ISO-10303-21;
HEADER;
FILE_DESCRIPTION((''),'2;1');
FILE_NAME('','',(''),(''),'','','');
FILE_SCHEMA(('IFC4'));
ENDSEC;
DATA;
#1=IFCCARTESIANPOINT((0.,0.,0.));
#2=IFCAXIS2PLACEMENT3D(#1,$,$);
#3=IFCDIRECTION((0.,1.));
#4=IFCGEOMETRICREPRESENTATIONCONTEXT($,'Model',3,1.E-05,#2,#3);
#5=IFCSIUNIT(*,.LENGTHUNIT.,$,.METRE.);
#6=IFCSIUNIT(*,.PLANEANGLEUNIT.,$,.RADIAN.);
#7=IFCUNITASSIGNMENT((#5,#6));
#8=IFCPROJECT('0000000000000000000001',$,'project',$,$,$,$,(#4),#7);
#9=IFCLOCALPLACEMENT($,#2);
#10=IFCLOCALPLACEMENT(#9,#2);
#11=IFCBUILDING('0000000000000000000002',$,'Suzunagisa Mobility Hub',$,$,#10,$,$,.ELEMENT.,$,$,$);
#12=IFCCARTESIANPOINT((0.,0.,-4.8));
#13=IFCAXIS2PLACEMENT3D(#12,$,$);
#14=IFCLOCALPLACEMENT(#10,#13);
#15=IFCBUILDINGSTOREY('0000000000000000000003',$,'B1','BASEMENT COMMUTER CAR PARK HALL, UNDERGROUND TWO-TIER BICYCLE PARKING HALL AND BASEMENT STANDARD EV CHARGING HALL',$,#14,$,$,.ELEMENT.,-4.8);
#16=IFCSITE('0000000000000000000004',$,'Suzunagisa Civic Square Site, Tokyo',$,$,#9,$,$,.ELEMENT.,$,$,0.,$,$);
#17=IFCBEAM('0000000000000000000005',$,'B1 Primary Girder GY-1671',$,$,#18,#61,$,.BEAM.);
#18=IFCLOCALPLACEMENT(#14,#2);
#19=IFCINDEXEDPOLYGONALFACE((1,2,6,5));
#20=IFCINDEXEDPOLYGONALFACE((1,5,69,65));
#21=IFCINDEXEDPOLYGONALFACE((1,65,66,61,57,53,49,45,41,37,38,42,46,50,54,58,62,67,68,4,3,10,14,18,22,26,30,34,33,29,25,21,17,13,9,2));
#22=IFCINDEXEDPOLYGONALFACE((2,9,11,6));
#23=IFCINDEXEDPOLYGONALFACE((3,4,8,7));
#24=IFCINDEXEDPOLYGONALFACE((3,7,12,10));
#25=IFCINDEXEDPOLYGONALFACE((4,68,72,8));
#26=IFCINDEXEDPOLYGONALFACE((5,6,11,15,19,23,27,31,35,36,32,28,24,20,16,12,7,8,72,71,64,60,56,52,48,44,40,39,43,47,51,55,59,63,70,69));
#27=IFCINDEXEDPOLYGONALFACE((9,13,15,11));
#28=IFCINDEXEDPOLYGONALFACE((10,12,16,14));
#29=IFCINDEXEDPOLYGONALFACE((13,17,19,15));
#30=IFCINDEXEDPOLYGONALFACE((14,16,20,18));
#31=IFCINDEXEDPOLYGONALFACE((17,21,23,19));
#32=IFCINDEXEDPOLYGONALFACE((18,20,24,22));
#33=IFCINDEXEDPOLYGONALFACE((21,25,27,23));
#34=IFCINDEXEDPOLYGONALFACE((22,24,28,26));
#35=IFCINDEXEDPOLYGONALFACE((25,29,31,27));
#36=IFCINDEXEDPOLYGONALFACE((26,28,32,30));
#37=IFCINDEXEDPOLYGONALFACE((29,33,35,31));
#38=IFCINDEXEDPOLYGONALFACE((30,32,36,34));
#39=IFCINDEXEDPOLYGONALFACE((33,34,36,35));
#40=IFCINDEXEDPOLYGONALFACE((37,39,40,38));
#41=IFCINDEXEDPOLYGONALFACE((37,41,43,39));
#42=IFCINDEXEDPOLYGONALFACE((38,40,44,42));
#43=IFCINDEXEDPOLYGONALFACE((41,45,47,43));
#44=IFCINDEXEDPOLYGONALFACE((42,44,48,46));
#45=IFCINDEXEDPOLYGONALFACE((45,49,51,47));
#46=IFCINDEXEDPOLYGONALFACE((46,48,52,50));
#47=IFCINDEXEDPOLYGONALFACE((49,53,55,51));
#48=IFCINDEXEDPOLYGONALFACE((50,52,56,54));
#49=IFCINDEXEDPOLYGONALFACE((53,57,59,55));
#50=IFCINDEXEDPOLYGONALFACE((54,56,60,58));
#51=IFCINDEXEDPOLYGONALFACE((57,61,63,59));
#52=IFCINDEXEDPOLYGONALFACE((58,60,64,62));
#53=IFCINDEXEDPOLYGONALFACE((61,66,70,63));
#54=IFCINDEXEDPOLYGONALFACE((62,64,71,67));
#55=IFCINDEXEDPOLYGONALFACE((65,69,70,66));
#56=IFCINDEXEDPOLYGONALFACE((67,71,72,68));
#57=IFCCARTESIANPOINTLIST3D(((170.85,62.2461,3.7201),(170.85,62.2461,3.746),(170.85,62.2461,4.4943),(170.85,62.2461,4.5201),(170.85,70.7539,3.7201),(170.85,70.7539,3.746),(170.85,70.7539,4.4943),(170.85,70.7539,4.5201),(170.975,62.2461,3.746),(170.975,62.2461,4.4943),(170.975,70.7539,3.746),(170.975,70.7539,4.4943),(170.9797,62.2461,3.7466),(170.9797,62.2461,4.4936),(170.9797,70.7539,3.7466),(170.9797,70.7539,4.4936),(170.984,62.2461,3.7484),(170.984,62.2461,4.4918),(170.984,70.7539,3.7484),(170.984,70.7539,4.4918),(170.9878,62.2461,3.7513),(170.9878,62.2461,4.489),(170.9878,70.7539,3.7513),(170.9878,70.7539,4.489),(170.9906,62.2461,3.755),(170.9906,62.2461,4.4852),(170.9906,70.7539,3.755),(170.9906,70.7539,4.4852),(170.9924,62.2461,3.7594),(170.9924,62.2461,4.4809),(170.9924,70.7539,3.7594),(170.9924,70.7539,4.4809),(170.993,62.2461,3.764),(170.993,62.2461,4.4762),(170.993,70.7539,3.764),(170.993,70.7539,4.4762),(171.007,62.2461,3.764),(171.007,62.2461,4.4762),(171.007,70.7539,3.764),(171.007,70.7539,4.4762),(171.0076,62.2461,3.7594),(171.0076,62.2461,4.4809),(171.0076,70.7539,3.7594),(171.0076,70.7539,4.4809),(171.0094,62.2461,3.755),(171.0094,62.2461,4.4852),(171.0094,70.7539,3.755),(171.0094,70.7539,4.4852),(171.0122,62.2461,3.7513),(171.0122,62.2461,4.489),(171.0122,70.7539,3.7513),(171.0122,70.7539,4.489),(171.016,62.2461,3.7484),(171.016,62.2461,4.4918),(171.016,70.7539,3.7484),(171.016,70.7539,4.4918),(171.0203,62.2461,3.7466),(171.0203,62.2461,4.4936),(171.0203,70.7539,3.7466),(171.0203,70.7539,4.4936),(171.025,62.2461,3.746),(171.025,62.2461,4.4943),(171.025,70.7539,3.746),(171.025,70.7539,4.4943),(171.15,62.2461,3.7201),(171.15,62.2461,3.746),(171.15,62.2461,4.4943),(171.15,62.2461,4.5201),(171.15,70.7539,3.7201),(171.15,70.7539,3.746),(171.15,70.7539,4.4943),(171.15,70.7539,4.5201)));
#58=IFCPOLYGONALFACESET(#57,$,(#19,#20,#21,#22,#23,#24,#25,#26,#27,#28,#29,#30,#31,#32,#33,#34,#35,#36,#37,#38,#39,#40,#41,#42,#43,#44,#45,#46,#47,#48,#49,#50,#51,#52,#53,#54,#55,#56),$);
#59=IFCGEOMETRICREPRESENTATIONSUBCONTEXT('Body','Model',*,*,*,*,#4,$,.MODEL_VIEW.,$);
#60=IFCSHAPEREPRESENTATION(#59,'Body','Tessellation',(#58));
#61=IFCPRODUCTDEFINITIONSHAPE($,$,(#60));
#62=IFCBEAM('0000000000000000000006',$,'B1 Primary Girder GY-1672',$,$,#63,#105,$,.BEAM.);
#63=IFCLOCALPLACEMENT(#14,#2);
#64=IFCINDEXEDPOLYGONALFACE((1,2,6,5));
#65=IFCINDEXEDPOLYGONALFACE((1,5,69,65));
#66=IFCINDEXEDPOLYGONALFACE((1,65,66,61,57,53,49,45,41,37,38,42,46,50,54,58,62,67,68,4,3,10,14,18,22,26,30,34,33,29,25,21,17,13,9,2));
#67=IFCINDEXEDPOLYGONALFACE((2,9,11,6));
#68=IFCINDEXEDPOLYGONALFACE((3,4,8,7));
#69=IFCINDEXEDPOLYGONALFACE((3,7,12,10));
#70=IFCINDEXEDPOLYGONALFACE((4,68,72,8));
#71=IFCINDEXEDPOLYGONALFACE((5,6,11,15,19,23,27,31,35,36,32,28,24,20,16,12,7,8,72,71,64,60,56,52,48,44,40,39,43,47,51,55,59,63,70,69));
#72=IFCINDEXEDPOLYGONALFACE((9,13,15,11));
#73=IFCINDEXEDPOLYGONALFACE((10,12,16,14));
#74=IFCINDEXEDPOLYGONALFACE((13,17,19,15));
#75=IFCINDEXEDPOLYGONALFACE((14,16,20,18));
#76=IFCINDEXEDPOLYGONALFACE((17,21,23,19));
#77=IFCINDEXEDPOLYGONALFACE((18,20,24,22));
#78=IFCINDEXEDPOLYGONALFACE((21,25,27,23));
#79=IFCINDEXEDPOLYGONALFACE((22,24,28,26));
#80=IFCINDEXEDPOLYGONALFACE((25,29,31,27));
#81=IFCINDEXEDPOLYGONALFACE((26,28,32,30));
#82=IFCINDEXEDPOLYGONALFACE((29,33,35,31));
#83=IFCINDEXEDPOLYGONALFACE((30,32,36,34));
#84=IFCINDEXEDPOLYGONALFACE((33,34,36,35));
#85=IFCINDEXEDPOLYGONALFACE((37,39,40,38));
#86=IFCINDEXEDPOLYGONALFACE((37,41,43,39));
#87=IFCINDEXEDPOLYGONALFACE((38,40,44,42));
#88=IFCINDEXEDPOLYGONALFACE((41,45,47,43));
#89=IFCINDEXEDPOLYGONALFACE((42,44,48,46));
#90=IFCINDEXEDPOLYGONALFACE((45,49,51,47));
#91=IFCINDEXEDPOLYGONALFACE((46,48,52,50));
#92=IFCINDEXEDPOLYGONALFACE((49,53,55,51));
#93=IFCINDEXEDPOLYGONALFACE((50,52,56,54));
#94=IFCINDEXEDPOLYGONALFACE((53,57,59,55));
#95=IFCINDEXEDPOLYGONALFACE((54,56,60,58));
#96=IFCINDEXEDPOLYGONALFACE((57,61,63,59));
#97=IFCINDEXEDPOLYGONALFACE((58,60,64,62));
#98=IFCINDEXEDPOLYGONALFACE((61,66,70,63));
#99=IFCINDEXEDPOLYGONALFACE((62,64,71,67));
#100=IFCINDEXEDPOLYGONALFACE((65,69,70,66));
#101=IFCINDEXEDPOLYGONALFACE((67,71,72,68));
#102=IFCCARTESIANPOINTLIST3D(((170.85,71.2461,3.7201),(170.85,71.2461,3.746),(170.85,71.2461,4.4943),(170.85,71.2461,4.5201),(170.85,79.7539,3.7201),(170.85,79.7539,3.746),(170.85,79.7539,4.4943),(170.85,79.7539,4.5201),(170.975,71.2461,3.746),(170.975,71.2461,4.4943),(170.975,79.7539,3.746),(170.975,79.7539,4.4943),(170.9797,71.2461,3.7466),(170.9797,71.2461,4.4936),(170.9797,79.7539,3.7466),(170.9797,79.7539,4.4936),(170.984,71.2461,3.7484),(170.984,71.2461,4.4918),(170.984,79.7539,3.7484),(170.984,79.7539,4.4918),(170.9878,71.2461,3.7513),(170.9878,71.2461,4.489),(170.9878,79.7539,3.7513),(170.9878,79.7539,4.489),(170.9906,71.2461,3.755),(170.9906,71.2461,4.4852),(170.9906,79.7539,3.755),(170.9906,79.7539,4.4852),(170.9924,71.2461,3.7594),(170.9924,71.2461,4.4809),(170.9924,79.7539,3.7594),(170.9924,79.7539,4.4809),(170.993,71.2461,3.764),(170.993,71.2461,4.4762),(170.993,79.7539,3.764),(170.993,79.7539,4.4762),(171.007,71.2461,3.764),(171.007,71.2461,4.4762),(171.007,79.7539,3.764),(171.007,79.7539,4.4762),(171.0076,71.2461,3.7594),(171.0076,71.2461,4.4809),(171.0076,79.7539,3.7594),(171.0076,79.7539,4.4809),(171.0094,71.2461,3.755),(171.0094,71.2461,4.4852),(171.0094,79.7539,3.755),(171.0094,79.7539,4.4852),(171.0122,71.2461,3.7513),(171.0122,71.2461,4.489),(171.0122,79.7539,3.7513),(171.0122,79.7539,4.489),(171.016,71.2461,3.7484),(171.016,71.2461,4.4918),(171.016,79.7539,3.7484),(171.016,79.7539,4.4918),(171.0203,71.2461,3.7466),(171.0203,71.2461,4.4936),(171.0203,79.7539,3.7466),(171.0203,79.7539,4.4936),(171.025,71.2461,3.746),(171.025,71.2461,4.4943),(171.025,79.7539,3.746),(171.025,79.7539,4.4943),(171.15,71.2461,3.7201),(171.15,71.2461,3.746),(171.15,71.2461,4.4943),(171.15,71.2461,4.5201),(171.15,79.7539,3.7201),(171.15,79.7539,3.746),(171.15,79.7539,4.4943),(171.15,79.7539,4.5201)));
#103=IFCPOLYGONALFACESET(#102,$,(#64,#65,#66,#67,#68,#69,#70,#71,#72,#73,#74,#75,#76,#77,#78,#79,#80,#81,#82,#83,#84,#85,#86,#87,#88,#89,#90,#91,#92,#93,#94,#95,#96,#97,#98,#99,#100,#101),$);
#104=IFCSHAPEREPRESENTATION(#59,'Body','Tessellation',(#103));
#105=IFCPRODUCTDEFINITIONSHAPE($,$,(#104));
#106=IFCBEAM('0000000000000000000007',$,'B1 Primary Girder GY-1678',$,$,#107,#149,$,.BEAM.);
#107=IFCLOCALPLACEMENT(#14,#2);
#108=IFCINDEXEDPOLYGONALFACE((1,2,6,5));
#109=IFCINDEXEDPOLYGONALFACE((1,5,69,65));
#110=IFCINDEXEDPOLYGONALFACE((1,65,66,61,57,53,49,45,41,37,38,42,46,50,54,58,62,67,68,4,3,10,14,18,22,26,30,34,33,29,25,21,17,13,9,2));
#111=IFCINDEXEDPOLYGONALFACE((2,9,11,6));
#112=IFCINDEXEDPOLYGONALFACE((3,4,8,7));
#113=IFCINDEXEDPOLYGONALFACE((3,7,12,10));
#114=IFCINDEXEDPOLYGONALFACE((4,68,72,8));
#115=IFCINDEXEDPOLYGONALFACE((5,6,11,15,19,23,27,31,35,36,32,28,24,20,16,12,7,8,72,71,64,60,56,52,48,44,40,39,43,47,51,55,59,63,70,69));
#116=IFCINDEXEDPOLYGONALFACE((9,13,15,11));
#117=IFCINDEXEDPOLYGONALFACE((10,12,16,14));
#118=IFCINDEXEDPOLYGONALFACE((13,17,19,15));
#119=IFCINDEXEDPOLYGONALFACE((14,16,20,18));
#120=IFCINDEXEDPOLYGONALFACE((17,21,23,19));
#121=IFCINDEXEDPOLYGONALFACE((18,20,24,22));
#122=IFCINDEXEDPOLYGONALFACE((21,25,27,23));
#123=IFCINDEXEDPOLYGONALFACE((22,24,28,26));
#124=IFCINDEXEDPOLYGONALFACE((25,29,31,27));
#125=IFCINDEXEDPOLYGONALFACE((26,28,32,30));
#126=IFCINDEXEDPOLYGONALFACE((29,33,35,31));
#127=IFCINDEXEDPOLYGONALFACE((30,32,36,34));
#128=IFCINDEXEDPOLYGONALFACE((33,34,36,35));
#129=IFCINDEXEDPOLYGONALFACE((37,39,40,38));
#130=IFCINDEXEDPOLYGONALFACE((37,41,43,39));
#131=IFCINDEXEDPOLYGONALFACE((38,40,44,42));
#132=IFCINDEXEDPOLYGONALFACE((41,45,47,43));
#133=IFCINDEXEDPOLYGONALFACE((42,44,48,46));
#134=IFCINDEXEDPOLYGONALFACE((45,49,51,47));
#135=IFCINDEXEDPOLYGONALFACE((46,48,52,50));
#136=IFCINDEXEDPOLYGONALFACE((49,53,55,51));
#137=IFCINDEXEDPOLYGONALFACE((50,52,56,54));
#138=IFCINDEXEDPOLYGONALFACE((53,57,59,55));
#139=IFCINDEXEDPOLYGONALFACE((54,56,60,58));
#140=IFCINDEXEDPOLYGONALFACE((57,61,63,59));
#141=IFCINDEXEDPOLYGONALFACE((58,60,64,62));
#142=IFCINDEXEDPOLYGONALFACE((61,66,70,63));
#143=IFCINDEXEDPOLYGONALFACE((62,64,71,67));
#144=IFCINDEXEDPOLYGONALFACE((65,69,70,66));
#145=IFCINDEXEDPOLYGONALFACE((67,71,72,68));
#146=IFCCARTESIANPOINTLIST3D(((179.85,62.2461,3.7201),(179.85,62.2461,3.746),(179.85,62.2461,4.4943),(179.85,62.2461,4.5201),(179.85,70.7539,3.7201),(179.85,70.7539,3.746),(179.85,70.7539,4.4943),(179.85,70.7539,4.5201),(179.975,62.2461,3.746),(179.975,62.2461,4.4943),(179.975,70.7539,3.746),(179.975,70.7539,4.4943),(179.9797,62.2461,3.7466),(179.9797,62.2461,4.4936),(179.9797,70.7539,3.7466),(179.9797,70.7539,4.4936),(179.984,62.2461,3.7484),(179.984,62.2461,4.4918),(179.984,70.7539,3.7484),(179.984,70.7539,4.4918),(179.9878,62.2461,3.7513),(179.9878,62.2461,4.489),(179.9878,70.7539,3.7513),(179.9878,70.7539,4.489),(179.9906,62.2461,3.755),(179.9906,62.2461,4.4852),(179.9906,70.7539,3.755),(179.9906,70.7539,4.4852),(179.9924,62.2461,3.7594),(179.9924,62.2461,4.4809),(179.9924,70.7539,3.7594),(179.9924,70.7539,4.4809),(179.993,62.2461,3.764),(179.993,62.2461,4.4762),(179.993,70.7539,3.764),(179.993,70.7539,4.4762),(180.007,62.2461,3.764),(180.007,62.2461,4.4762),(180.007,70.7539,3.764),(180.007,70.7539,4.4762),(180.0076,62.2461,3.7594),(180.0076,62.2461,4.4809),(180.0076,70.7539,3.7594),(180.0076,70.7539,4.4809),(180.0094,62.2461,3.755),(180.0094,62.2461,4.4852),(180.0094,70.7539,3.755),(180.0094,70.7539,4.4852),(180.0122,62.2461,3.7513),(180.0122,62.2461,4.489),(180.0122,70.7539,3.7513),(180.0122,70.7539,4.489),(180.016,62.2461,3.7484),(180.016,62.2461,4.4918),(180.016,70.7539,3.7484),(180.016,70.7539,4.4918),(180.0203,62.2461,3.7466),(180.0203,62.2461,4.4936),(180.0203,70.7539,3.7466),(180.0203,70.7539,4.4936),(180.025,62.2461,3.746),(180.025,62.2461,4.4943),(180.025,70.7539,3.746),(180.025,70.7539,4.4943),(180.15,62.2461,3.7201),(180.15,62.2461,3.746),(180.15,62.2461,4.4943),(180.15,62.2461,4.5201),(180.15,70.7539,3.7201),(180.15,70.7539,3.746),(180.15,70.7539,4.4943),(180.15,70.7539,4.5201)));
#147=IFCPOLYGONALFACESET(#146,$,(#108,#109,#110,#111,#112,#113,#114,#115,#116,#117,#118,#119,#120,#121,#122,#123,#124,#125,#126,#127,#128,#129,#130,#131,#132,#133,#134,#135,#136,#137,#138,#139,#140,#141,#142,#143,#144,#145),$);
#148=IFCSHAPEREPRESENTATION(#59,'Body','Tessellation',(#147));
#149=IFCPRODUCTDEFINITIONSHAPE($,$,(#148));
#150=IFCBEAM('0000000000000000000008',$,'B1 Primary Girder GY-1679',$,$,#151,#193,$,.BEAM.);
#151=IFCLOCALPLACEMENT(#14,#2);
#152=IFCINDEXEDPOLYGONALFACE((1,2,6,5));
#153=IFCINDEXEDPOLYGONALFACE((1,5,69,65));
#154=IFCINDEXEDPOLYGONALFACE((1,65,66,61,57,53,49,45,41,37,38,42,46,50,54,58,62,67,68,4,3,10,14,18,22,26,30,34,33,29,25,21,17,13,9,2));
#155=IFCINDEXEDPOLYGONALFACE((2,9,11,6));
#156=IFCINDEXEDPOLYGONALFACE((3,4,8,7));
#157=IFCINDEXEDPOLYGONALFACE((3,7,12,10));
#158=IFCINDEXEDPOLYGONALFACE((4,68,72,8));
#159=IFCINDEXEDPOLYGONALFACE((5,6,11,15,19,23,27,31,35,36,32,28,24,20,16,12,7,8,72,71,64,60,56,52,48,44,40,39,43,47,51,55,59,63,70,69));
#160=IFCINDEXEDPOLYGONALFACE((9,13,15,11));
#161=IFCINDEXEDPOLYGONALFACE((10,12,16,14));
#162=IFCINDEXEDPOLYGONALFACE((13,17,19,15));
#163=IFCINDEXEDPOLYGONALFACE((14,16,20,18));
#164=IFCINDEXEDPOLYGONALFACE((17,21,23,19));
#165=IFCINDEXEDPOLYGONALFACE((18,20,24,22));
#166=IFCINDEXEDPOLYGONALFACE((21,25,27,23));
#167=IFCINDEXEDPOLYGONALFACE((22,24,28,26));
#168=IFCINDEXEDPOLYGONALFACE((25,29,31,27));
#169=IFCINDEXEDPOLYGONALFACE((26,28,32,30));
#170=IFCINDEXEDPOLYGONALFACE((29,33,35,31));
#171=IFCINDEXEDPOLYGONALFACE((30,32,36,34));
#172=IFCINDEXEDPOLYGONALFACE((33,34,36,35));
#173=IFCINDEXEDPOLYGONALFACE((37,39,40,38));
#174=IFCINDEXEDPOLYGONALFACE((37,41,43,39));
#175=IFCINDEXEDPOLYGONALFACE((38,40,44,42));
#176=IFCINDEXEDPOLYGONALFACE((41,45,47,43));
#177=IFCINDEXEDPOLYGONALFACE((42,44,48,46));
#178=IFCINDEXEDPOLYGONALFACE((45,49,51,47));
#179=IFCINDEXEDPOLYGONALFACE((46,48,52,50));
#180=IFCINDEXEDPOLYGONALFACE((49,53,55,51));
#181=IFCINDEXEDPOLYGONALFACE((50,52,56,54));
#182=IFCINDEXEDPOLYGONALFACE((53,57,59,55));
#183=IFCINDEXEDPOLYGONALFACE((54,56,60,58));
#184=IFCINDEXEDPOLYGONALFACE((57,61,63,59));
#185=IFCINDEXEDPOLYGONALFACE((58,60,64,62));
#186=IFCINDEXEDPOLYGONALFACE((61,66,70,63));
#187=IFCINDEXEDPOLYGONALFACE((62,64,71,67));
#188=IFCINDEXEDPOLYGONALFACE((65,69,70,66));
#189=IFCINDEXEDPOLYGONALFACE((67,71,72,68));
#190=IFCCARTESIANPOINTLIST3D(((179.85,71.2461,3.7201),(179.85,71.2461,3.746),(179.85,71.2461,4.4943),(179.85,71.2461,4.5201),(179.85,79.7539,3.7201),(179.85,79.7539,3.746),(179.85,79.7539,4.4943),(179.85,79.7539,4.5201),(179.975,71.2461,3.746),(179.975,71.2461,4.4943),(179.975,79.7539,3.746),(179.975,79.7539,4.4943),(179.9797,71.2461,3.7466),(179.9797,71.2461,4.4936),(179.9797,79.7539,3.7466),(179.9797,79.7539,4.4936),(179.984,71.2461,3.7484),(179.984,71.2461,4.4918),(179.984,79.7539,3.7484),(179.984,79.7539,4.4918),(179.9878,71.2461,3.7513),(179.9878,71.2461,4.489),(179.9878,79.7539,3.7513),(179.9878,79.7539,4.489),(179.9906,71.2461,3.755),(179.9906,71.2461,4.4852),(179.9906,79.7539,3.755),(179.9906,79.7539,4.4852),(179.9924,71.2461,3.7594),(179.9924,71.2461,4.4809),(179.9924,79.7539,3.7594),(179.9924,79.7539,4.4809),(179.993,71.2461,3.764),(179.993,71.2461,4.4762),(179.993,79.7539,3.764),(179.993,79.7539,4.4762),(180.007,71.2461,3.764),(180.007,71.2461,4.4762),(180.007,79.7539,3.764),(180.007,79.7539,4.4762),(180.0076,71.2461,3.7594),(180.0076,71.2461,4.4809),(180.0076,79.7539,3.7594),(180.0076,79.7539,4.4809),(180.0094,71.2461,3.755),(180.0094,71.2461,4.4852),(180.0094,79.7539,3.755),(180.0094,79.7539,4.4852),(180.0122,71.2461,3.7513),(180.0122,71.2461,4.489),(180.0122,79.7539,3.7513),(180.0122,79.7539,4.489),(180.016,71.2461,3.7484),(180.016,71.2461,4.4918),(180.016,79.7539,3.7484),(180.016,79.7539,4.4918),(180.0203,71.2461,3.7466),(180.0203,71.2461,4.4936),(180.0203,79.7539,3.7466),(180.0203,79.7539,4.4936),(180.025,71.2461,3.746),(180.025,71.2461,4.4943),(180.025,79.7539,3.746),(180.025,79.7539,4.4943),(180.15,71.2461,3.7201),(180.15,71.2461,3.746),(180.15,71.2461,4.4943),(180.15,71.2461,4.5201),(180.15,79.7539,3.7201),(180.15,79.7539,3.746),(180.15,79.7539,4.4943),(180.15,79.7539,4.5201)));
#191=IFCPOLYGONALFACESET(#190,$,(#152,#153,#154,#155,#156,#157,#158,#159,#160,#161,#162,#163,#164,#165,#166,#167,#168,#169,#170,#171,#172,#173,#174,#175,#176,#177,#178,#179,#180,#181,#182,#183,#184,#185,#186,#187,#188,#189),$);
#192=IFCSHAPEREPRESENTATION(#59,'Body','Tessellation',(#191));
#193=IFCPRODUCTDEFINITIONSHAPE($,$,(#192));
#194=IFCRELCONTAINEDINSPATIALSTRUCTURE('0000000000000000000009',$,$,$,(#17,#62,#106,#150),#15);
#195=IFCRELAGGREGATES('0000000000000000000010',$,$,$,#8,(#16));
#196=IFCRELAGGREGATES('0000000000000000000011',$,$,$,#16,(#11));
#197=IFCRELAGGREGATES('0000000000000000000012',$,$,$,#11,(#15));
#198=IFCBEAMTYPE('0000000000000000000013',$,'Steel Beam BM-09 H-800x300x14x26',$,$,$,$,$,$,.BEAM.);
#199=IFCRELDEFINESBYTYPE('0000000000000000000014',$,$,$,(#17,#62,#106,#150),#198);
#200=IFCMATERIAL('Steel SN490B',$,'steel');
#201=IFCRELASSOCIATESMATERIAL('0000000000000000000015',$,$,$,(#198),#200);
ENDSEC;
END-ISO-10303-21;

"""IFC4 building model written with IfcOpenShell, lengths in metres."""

from ifc_helpers import new_model, si_unit, direction, frame, origin, origin_2d, place, context, subcontext, project, spatial, i_section, extrude, material, material_profile, profile_set, type_object, element, save


model = new_model("IFC4")

# Units and contexts
model_context = context("Model", 3, precision=1e-05, world=origin(), true_north=direction((0.0, 1.0)))
body_context = subcontext(model_context, "Body", "Model", "MODEL_VIEW")
ifc_project = project(units=[si_unit("LENGTHUNIT", "METRE"), si_unit("PLANEANGLEUNIT", "RADIAN")], contexts=[model_context])

# Site, building, storey
site_placement = place(None, origin())
site = spatial("IfcSite", under=ifc_project, at=site_placement, Name="Suzunagisa Civic Square Site, Tokyo", CompositionType="ELEMENT", RefElevation=0.0)
building_placement = place(site_placement, origin())
building = spatial("IfcBuilding", under=site, at=building_placement, Name="Suzunagisa Mobility Hub", CompositionType="ELEMENT")
storey_placement = place(building_placement, frame((0.0, 0.0, -4.8)))
storey = spatial("IfcBuildingStorey", under=building, at=storey_placement, Name="B1", Description="BASEMENT COMMUTER CAR PARK HALL, UNDERGROUND TWO-TIER BICYCLE PARKING HALL AND BASEMENT STANDARD EV CHARGING HALL", CompositionType="ELEMENT", Elevation=-4.8)

# Shared definitions
ifc_material_1 = material(Name="Steel SN490B", Category="steel")

# Beams
ifc_material_profile_1 = material_profile(ifc_material_1, i_section(OverallWidth=0.3, OverallDepth=0.8, WebThickness=0.0139, FlangeThickness=0.0259, FilletRadius=0.0181, at=origin_2d()), Name="H-800x300x14x26")
ifc_profile_set_1 = profile_set([ifc_material_profile_1], Name="Steel SN490B")
beam_type_1 = type_object("IfcBeamType", Name="Steel Beam BM-09 H-800x300x14x26", PredefinedType="BEAM", material=ifc_profile_set_1)
for number, where, z_axis, x_axis, name in (
    (1, (171.0, 62.2461, 4.1201), (0.0, 1.0, 0.0), (-1.0, 0.0, 0.0), "B1 Primary Girder GY-1671"),
    (2, (171.0, 71.2461, 4.1201), (0.0, 1.0, 0.0), (-1.0, 0.0, 0.0), "B1 Primary Girder GY-1672"),
    (3, (180.0, 62.2461, 4.1201), (0.0, 1.0, 0.0), (-1.0, 0.0, 0.0), "B1 Primary Girder GY-1678"),
    (4, (180.0, 71.2461, 4.1201), (0.0, 1.0, 0.0), (-1.0, 0.0, 0.0), "B1 Primary Girder GY-1679"),
):
    element("IfcBeam", number, at=place(storey_placement, frame(where, z_axis=z_axis, x_axis=x_axis)), inside=storey, type_object=beam_type_1, Name=name, PredefinedType="BEAM", context=body_context, shape_type="SweptSolid", body=[
        extrude(i_section(OverallWidth=0.3, OverallDepth=0.8, WebThickness=0.0139, FlangeThickness=0.0259, FilletRadius=0.0181, at=origin_2d()), origin(), (0.0, 0.0, 1.0), 8.5078),
    ])

save(model, "model.ifc")
